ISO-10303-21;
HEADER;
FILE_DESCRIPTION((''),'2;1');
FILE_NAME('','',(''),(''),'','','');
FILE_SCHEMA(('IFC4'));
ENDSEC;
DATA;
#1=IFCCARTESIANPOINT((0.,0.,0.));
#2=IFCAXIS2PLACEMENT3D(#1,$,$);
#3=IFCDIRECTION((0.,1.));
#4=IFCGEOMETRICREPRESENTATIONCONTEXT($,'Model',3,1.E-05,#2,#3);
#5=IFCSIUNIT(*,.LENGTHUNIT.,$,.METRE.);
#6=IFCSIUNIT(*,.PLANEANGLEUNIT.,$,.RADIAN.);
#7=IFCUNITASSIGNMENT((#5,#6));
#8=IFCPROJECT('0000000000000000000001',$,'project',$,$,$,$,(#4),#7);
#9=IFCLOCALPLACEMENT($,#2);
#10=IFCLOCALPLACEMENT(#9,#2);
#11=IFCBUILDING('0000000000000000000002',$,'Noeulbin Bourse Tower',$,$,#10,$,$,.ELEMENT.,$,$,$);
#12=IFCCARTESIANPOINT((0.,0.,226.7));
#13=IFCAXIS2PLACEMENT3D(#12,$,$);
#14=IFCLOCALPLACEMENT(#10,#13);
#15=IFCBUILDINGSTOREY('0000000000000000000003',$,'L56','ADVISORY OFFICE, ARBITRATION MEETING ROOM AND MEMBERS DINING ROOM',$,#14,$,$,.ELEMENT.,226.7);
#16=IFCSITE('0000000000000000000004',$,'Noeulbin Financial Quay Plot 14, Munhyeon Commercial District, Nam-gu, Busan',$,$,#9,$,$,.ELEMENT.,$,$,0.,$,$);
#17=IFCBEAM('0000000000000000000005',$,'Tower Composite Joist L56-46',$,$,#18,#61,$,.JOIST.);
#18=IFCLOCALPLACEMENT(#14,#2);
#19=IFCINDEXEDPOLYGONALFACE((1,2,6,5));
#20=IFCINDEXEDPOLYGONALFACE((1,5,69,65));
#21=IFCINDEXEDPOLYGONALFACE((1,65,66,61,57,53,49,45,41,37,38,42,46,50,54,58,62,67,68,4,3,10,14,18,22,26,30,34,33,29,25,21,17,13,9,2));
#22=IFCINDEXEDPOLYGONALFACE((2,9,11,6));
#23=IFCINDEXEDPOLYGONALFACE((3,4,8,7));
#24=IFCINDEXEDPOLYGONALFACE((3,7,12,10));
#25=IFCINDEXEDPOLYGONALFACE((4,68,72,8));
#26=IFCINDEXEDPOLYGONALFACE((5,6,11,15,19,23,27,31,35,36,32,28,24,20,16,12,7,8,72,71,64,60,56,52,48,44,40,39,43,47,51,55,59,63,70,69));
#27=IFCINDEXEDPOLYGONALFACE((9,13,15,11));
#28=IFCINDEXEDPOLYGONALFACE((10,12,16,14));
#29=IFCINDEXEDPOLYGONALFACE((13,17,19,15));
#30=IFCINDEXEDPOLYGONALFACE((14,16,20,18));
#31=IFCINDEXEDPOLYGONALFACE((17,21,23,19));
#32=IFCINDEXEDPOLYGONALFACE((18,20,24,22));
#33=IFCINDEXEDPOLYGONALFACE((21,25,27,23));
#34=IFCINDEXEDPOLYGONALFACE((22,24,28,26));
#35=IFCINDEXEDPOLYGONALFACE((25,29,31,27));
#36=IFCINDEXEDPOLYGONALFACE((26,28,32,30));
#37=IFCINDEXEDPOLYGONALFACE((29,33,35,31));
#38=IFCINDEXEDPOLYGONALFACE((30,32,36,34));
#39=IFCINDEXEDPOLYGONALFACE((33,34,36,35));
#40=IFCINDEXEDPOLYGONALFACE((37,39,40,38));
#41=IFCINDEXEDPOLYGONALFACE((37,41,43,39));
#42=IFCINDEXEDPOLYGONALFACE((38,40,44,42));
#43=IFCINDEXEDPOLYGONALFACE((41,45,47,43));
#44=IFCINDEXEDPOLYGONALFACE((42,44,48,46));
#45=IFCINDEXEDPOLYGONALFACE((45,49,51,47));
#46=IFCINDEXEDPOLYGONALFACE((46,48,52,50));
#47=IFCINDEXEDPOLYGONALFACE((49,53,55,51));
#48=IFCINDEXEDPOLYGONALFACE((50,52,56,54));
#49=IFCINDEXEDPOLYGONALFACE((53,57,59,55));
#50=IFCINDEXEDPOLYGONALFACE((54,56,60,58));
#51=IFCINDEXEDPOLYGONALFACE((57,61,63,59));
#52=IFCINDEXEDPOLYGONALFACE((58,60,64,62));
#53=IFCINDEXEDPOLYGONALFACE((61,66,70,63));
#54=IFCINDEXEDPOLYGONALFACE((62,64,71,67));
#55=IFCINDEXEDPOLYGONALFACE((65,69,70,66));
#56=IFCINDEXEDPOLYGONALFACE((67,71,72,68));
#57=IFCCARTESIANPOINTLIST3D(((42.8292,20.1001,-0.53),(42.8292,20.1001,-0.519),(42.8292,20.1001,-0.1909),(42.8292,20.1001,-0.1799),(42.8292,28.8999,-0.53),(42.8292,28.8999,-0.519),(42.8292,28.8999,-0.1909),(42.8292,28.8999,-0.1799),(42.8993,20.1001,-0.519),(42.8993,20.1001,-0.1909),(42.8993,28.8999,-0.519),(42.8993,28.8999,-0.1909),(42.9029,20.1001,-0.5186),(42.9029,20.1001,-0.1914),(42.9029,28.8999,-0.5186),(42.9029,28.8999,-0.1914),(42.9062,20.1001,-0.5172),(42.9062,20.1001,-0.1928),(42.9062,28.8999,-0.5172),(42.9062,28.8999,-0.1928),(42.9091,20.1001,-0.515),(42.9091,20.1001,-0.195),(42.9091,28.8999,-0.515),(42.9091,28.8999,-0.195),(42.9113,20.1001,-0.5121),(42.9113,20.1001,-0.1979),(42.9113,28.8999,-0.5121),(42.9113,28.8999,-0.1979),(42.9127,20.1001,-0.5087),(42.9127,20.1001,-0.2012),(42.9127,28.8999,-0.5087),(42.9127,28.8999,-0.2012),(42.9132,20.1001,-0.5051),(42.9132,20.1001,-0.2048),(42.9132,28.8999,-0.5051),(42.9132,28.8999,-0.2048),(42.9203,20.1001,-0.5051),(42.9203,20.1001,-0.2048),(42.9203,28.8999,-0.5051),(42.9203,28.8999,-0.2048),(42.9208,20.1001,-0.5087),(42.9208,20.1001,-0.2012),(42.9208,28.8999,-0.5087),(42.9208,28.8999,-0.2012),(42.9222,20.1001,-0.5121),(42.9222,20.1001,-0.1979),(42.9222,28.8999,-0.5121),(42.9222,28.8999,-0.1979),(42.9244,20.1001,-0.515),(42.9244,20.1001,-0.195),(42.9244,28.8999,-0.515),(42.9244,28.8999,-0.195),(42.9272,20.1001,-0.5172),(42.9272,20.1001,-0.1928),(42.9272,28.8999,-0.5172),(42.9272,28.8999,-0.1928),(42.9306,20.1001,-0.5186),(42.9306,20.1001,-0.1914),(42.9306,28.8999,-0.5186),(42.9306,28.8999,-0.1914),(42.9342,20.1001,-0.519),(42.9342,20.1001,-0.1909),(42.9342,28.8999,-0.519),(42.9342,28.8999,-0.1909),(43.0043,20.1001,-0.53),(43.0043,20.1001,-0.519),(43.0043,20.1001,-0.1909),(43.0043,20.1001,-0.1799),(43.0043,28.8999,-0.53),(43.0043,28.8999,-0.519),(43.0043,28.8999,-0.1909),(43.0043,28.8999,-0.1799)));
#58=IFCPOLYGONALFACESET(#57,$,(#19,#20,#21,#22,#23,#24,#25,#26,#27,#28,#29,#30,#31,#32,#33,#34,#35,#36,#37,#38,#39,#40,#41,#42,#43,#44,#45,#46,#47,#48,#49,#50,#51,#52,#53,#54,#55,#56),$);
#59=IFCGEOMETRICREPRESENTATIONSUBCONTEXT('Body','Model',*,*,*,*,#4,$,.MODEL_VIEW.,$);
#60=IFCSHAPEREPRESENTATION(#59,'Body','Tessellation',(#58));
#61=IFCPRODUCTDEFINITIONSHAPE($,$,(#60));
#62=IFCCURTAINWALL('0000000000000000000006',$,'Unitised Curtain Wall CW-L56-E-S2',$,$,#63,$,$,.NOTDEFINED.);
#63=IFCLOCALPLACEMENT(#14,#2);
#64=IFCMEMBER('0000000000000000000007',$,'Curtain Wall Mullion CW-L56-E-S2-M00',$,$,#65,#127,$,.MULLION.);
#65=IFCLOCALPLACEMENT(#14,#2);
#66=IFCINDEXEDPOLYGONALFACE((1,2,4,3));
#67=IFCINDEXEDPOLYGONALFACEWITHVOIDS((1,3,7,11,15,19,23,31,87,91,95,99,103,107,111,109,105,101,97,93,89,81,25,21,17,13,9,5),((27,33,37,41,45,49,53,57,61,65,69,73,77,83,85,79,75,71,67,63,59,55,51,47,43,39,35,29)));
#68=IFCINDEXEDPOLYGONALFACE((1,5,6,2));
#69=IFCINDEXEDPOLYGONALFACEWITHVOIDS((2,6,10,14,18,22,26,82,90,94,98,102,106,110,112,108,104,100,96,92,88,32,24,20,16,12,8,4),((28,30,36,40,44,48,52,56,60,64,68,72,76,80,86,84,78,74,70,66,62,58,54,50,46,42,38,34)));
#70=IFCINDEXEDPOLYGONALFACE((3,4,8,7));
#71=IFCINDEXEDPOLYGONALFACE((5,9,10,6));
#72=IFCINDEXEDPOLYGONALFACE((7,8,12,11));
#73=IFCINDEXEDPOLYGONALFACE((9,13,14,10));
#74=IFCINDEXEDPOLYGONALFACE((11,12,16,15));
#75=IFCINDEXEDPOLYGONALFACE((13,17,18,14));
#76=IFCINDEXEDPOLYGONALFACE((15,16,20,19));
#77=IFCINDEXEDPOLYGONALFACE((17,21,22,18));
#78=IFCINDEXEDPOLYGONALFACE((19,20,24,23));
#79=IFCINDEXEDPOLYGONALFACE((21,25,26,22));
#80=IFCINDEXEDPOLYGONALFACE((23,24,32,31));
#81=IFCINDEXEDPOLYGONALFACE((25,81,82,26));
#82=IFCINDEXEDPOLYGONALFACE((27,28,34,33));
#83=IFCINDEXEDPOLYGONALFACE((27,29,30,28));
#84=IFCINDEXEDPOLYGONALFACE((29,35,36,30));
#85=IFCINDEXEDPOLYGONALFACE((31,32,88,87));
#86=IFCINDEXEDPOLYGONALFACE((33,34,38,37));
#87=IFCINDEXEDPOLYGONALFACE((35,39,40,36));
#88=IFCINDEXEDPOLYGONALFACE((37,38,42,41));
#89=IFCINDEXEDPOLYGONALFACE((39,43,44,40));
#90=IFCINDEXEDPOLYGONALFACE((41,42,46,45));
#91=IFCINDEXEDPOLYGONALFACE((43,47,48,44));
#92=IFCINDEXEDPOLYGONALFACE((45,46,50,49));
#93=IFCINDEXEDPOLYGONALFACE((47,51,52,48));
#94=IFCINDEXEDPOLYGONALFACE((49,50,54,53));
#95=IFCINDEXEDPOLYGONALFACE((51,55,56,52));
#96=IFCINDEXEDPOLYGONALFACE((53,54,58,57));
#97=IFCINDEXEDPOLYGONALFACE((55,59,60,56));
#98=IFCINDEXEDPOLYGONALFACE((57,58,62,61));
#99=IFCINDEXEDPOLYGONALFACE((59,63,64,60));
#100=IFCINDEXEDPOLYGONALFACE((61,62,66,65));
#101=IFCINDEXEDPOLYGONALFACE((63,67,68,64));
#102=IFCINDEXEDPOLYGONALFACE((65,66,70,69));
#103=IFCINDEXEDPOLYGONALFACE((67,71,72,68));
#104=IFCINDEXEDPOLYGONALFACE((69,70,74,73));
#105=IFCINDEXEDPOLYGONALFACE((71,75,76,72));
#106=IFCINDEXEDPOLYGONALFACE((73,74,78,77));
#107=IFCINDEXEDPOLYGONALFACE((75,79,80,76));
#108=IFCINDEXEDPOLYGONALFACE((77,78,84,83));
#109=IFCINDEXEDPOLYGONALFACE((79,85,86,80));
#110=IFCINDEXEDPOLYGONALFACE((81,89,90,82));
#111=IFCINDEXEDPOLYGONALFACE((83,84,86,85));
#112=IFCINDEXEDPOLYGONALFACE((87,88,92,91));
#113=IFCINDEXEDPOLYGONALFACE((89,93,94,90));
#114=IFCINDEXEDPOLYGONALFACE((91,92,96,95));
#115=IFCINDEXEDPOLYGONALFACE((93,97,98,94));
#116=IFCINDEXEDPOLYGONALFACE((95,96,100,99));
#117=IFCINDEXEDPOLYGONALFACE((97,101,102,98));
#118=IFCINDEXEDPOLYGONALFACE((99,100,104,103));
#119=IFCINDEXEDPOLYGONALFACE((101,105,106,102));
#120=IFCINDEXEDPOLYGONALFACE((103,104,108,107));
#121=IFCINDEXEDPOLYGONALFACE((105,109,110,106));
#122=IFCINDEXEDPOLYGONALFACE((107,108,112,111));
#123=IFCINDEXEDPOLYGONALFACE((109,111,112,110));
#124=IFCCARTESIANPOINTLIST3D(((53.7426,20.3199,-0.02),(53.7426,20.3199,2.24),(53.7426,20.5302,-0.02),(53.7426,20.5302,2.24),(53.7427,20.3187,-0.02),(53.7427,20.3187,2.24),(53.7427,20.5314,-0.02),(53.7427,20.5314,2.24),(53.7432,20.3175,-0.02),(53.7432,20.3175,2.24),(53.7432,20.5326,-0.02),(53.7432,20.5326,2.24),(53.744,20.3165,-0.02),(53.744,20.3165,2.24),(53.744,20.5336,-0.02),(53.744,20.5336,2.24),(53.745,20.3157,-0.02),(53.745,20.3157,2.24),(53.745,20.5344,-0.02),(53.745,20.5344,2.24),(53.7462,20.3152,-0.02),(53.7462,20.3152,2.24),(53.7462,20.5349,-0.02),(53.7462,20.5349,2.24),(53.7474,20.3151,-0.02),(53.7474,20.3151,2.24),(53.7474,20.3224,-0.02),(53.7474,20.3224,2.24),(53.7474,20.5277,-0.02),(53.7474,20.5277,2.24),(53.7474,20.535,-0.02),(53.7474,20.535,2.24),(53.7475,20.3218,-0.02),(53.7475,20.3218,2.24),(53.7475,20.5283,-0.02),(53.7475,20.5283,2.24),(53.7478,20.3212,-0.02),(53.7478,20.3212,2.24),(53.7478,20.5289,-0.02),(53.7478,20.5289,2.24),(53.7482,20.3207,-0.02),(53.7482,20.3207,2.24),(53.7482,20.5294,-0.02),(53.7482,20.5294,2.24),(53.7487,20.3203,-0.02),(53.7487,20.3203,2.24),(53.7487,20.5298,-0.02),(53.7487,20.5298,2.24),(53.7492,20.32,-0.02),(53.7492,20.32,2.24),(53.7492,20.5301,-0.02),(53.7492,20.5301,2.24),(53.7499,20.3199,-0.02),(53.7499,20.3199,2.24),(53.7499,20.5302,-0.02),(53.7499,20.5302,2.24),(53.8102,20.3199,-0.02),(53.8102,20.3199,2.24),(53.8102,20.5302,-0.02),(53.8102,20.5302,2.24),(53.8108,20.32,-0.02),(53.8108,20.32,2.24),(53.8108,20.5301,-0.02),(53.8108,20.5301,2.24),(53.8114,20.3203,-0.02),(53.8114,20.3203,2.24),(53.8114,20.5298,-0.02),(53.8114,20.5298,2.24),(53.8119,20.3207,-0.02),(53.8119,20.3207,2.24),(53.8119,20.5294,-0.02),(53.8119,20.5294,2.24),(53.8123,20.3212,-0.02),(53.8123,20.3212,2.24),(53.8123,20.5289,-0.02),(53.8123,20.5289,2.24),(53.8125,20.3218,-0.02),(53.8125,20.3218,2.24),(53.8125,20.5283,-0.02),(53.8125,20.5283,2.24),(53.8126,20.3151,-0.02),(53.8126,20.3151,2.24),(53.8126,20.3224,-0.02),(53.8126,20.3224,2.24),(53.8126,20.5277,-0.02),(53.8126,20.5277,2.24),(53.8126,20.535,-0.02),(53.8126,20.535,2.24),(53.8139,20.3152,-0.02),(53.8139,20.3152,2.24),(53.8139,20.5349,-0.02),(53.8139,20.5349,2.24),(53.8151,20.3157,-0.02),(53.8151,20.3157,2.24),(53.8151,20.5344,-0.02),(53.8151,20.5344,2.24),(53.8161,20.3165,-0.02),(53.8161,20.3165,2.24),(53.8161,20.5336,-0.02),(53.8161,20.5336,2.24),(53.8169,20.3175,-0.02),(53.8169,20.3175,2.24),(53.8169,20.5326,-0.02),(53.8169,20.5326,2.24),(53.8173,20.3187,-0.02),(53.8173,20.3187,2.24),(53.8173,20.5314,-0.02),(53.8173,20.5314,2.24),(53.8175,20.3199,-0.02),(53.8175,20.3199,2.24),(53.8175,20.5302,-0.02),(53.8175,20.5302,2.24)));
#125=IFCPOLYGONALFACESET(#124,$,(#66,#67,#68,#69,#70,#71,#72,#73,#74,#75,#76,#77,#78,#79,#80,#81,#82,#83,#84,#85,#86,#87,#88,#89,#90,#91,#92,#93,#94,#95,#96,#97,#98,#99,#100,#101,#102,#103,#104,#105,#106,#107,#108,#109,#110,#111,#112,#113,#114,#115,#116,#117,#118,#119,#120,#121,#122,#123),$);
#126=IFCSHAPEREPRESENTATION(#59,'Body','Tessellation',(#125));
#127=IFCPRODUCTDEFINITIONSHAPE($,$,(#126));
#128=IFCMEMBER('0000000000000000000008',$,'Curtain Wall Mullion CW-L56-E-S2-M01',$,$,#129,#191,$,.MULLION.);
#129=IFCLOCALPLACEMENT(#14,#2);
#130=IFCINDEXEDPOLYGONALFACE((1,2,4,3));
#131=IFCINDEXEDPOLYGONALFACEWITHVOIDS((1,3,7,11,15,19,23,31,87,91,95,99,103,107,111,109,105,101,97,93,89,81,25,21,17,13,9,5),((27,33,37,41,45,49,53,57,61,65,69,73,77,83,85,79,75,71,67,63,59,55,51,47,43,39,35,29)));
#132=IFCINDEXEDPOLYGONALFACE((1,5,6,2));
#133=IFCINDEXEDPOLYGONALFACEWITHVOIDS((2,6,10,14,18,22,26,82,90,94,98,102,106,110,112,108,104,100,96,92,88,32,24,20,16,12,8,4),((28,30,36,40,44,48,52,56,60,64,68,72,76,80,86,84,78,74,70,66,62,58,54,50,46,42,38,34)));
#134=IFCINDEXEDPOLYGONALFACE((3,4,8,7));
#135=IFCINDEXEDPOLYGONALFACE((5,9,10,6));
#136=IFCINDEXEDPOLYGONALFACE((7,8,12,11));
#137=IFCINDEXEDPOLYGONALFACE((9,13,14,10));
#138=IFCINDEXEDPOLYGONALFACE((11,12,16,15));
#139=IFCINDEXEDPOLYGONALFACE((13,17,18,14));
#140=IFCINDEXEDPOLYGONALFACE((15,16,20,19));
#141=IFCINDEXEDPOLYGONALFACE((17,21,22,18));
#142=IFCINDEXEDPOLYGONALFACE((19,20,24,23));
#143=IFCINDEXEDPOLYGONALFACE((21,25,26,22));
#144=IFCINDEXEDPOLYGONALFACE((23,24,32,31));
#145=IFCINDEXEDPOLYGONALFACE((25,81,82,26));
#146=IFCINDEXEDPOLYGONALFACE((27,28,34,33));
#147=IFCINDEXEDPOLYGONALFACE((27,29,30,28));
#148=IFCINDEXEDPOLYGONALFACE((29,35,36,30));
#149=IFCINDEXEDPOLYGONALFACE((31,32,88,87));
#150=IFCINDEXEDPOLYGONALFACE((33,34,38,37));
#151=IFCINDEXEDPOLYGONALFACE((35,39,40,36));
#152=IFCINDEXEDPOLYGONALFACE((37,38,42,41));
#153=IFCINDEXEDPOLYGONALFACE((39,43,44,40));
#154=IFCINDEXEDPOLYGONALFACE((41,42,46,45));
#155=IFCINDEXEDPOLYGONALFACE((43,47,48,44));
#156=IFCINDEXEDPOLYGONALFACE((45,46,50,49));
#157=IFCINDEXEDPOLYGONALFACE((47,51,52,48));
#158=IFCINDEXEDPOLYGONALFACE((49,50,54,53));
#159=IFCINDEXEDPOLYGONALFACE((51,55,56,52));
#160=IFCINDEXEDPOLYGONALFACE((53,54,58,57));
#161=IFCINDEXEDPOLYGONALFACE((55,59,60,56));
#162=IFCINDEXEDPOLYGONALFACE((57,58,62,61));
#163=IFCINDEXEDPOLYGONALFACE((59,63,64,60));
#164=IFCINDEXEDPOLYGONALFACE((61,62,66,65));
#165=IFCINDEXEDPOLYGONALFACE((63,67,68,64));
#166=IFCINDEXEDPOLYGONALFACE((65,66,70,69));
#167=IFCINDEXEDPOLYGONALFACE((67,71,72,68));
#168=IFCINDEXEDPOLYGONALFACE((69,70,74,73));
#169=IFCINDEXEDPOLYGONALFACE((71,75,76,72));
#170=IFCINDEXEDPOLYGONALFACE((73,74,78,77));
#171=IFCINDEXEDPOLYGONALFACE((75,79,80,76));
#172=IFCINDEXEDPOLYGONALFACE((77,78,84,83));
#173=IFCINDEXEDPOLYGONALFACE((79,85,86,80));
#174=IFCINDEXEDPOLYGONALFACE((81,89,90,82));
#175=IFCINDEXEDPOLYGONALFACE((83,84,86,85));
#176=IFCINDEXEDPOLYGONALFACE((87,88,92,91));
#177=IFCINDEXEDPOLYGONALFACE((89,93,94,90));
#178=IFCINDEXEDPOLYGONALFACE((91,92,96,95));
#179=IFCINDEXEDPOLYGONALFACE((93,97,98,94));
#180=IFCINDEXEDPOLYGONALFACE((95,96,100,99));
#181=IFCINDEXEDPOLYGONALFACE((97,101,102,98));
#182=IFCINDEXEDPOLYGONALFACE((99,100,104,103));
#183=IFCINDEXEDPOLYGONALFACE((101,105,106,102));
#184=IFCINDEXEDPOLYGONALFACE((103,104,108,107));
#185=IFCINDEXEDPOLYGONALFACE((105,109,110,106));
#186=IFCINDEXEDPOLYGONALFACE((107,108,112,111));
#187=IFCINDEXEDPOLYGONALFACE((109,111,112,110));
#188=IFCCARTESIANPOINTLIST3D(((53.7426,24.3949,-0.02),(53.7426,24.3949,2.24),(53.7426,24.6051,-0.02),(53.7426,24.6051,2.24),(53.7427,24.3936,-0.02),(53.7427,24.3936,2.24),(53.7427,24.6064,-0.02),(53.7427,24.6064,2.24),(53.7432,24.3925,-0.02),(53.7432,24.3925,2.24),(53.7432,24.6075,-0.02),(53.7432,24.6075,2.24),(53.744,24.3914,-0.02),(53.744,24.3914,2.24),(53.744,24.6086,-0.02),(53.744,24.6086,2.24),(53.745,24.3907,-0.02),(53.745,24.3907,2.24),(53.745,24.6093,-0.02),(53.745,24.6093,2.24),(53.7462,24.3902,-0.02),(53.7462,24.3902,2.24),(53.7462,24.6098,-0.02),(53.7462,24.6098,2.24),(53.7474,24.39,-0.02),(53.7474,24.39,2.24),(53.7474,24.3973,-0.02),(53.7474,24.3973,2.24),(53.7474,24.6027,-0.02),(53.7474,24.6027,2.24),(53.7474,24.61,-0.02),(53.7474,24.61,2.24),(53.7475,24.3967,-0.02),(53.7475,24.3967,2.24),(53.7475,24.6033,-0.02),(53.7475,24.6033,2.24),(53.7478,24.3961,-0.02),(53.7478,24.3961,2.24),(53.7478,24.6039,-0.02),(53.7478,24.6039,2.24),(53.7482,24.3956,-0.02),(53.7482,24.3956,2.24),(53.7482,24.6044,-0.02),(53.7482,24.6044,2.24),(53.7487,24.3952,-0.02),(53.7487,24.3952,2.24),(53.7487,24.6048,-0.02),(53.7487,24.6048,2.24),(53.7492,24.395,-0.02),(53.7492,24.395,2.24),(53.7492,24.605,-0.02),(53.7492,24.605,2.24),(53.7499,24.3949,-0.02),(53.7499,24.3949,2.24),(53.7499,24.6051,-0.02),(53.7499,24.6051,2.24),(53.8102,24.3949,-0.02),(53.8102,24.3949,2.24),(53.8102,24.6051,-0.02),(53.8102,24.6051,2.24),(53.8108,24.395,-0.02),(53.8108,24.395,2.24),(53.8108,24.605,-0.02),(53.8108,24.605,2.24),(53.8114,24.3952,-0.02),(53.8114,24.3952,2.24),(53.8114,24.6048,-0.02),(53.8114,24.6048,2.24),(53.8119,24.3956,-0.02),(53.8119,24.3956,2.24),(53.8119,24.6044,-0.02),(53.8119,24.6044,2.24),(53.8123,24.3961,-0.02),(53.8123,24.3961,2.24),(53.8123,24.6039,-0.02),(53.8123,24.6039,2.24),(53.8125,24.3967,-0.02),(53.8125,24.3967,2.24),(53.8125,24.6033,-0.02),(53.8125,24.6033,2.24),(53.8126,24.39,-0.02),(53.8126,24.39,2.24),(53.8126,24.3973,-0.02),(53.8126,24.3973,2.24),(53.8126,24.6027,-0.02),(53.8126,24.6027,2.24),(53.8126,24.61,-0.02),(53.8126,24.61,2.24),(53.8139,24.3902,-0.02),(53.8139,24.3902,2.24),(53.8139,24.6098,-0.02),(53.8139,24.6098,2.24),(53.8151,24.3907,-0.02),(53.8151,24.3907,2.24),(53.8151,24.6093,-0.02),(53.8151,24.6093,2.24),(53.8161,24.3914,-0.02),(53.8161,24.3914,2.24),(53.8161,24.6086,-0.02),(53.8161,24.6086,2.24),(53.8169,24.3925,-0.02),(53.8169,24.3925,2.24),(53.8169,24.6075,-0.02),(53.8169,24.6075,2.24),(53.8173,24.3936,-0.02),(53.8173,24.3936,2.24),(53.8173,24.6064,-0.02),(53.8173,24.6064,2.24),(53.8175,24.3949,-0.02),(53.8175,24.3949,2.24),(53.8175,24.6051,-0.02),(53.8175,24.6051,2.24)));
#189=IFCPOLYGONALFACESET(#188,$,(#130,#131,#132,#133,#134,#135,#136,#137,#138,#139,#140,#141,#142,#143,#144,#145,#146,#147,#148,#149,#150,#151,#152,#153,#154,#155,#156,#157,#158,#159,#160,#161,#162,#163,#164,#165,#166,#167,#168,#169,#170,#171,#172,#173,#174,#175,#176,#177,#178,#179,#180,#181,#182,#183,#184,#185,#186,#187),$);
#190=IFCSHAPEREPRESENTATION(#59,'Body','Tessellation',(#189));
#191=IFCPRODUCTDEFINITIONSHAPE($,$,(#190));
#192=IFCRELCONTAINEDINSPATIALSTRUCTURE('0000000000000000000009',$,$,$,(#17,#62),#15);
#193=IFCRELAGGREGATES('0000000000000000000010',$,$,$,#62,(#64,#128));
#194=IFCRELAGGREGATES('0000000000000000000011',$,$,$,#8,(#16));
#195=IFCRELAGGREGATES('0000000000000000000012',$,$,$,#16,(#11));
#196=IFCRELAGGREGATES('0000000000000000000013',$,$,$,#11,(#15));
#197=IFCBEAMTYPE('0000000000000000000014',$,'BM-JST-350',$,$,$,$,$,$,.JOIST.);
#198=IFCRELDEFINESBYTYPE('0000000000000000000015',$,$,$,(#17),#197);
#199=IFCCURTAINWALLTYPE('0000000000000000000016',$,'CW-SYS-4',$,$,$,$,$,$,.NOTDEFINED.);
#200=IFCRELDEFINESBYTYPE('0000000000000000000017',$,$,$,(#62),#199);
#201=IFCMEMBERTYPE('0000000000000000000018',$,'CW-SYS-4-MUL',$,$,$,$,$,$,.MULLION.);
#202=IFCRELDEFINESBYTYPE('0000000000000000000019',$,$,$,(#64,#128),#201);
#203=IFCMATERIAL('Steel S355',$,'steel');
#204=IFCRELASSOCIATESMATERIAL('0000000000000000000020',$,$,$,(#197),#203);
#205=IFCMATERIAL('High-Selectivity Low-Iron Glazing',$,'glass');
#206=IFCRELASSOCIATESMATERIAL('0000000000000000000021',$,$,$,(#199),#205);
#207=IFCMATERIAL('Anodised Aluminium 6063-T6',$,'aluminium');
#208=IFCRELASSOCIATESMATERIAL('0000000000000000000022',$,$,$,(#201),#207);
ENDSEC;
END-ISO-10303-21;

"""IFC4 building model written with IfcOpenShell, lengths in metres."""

from ifc_helpers import new_model, si_unit, direction, frame, origin, origin_2d, place, context, subcontext, project, spatial, hollow_rectangle, i_section, extrude, material, material_profile, profile_set, type_object, element, aggregate, save


model = new_model("IFC4")

# Units and contexts
model_context = context("Model", 3, precision=1e-05, world=origin(), true_north=direction((0.0, 1.0)))
body_context = subcontext(model_context, "Body", "Model", "MODEL_VIEW")
ifc_project = project(units=[si_unit("LENGTHUNIT", "METRE"), si_unit("PLANEANGLEUNIT", "RADIAN")], contexts=[model_context])

# Site, building, storey
site_placement = place(None, origin())
site = spatial("IfcSite", under=ifc_project, at=site_placement, Name="Noeulbin Financial Quay Plot 14, Munhyeon Commercial District, Nam-gu, Busan", CompositionType="ELEMENT", RefElevation=0.0)
building_placement = place(site_placement, origin())
building = spatial("IfcBuilding", under=site, at=building_placement, Name="Noeulbin Bourse Tower", CompositionType="ELEMENT")
storey_placement = place(building_placement, frame((0.0, 0.0, 226.7)))
storey = spatial("IfcBuildingStorey", under=building, at=storey_placement, Name="L56", Description="ADVISORY OFFICE, ARBITRATION MEETING ROOM AND MEMBERS DINING ROOM", CompositionType="ELEMENT", Elevation=226.7)

# Shared definitions
ifc_material_1 = material(Name="Steel S355", Category="steel")

# Beam
ifc_material_profile_1 = material_profile(ifc_material_1, i_section(OverallWidth=0.175, OverallDepth=0.3501, WebThickness=0.0071, FlangeThickness=0.011, FilletRadius=0.0139, at=origin_2d()), Name="H-350x175x7x11", Category="LoadBearing")
ifc_profile_set_1 = profile_set([ifc_material_profile_1], Name="Steel S355")
beam_type_1 = type_object("IfcBeamType", Name="BM-JST-350", PredefinedType="JOIST", material=ifc_profile_set_1)
beam_1_placement = place(storey_placement, frame((42.9167, 20.1001, -0.355), z_axis=(0.0, 1.0, 0.0), x_axis=(-1.0, 0.0, 0.0)))
element("IfcBeam", 1, at=beam_1_placement, inside=storey, type_object=beam_type_1, Name="Tower Composite Joist L56-46", PredefinedType="JOIST", context=body_context, shape_type="SweptSolid", body=[
    extrude(i_section(OverallWidth=0.175, OverallDepth=0.3501, WebThickness=0.0071, FlangeThickness=0.011, FilletRadius=0.0139, at=origin_2d()), origin(), (0.0, 0.0, 1.0), 8.7998),
])

# Curtain wall, members
ifc_material_2 = material(Name="High-Selectivity Low-Iron Glazing", Category="glass")
curtain_wall_type = type_object("IfcCurtainWallType", Name="CW-SYS-4", PredefinedType="NOTDEFINED", material=ifc_material_2)
curtain_wall_1_placement = place(storey_placement, origin())
curtain_wall_1 = element("IfcCurtainWall", 2, at=curtain_wall_1_placement, inside=storey, type_object=curtain_wall_type, Name="Unitised Curtain Wall CW-L56-E-S2", PredefinedType="NOTDEFINED")
ifc_material_3 = material(Name="Anodised Aluminium 6063-T6", Category="aluminium")
ifc_material_profile_2 = material_profile(ifc_material_3, hollow_rectangle(XDim=0.075, YDim=0.22, WallThickness=0.0049, InnerFilletRadius=0.0024, OuterFilletRadius=0.0049, at=origin_2d()), Name="ALU-MULL-75x220x5", Category="LoadBearing")
ifc_profile_set_2 = profile_set([ifc_material_profile_2], Name="Anodised Aluminium 6063-T6")
member_type_1 = type_object("IfcMemberType", Name="CW-SYS-4-MUL", PredefinedType="MULLION", material=ifc_profile_set_2)
member_1_placement = place(storey_placement, frame((53.78, 20.425, -0.02), z_axis=(0.0, 0.0, 1.0), x_axis=(1.0, 0.0, 0.0)))
member_1 = element("IfcMember", 3, at=member_1_placement, type_object=member_type_1, Name="Curtain Wall Mullion CW-L56-E-S2-M00", PredefinedType="MULLION", context=body_context, shape_type="SweptSolid", body=[
    extrude(hollow_rectangle(XDim=0.075, YDim=0.22, WallThickness=0.0049, InnerFilletRadius=0.0024, OuterFilletRadius=0.0049, at=origin_2d()), origin(), (0.0, 0.0, 1.0), 2.26),
])
member_2_placement = place(storey_placement, frame((53.78, 24.5, -0.02), z_axis=(0.0, 0.0, 1.0), x_axis=(1.0, 0.0, 0.0)))
member_2 = element("IfcMember", 4, at=member_2_placement, type_object=member_type_1, Name="Curtain Wall Mullion CW-L56-E-S2-M01", PredefinedType="MULLION", context=body_context, shape_type="SweptSolid", body=[
    extrude(hollow_rectangle(XDim=0.075, YDim=0.22, WallThickness=0.0049, InnerFilletRadius=0.0024, OuterFilletRadius=0.0049, at=origin_2d()), origin(), (0.0, 0.0, 1.0), 2.26),
])

aggregate(curtain_wall_1, [member_1, member_2])

save(model, "model.ifc")
